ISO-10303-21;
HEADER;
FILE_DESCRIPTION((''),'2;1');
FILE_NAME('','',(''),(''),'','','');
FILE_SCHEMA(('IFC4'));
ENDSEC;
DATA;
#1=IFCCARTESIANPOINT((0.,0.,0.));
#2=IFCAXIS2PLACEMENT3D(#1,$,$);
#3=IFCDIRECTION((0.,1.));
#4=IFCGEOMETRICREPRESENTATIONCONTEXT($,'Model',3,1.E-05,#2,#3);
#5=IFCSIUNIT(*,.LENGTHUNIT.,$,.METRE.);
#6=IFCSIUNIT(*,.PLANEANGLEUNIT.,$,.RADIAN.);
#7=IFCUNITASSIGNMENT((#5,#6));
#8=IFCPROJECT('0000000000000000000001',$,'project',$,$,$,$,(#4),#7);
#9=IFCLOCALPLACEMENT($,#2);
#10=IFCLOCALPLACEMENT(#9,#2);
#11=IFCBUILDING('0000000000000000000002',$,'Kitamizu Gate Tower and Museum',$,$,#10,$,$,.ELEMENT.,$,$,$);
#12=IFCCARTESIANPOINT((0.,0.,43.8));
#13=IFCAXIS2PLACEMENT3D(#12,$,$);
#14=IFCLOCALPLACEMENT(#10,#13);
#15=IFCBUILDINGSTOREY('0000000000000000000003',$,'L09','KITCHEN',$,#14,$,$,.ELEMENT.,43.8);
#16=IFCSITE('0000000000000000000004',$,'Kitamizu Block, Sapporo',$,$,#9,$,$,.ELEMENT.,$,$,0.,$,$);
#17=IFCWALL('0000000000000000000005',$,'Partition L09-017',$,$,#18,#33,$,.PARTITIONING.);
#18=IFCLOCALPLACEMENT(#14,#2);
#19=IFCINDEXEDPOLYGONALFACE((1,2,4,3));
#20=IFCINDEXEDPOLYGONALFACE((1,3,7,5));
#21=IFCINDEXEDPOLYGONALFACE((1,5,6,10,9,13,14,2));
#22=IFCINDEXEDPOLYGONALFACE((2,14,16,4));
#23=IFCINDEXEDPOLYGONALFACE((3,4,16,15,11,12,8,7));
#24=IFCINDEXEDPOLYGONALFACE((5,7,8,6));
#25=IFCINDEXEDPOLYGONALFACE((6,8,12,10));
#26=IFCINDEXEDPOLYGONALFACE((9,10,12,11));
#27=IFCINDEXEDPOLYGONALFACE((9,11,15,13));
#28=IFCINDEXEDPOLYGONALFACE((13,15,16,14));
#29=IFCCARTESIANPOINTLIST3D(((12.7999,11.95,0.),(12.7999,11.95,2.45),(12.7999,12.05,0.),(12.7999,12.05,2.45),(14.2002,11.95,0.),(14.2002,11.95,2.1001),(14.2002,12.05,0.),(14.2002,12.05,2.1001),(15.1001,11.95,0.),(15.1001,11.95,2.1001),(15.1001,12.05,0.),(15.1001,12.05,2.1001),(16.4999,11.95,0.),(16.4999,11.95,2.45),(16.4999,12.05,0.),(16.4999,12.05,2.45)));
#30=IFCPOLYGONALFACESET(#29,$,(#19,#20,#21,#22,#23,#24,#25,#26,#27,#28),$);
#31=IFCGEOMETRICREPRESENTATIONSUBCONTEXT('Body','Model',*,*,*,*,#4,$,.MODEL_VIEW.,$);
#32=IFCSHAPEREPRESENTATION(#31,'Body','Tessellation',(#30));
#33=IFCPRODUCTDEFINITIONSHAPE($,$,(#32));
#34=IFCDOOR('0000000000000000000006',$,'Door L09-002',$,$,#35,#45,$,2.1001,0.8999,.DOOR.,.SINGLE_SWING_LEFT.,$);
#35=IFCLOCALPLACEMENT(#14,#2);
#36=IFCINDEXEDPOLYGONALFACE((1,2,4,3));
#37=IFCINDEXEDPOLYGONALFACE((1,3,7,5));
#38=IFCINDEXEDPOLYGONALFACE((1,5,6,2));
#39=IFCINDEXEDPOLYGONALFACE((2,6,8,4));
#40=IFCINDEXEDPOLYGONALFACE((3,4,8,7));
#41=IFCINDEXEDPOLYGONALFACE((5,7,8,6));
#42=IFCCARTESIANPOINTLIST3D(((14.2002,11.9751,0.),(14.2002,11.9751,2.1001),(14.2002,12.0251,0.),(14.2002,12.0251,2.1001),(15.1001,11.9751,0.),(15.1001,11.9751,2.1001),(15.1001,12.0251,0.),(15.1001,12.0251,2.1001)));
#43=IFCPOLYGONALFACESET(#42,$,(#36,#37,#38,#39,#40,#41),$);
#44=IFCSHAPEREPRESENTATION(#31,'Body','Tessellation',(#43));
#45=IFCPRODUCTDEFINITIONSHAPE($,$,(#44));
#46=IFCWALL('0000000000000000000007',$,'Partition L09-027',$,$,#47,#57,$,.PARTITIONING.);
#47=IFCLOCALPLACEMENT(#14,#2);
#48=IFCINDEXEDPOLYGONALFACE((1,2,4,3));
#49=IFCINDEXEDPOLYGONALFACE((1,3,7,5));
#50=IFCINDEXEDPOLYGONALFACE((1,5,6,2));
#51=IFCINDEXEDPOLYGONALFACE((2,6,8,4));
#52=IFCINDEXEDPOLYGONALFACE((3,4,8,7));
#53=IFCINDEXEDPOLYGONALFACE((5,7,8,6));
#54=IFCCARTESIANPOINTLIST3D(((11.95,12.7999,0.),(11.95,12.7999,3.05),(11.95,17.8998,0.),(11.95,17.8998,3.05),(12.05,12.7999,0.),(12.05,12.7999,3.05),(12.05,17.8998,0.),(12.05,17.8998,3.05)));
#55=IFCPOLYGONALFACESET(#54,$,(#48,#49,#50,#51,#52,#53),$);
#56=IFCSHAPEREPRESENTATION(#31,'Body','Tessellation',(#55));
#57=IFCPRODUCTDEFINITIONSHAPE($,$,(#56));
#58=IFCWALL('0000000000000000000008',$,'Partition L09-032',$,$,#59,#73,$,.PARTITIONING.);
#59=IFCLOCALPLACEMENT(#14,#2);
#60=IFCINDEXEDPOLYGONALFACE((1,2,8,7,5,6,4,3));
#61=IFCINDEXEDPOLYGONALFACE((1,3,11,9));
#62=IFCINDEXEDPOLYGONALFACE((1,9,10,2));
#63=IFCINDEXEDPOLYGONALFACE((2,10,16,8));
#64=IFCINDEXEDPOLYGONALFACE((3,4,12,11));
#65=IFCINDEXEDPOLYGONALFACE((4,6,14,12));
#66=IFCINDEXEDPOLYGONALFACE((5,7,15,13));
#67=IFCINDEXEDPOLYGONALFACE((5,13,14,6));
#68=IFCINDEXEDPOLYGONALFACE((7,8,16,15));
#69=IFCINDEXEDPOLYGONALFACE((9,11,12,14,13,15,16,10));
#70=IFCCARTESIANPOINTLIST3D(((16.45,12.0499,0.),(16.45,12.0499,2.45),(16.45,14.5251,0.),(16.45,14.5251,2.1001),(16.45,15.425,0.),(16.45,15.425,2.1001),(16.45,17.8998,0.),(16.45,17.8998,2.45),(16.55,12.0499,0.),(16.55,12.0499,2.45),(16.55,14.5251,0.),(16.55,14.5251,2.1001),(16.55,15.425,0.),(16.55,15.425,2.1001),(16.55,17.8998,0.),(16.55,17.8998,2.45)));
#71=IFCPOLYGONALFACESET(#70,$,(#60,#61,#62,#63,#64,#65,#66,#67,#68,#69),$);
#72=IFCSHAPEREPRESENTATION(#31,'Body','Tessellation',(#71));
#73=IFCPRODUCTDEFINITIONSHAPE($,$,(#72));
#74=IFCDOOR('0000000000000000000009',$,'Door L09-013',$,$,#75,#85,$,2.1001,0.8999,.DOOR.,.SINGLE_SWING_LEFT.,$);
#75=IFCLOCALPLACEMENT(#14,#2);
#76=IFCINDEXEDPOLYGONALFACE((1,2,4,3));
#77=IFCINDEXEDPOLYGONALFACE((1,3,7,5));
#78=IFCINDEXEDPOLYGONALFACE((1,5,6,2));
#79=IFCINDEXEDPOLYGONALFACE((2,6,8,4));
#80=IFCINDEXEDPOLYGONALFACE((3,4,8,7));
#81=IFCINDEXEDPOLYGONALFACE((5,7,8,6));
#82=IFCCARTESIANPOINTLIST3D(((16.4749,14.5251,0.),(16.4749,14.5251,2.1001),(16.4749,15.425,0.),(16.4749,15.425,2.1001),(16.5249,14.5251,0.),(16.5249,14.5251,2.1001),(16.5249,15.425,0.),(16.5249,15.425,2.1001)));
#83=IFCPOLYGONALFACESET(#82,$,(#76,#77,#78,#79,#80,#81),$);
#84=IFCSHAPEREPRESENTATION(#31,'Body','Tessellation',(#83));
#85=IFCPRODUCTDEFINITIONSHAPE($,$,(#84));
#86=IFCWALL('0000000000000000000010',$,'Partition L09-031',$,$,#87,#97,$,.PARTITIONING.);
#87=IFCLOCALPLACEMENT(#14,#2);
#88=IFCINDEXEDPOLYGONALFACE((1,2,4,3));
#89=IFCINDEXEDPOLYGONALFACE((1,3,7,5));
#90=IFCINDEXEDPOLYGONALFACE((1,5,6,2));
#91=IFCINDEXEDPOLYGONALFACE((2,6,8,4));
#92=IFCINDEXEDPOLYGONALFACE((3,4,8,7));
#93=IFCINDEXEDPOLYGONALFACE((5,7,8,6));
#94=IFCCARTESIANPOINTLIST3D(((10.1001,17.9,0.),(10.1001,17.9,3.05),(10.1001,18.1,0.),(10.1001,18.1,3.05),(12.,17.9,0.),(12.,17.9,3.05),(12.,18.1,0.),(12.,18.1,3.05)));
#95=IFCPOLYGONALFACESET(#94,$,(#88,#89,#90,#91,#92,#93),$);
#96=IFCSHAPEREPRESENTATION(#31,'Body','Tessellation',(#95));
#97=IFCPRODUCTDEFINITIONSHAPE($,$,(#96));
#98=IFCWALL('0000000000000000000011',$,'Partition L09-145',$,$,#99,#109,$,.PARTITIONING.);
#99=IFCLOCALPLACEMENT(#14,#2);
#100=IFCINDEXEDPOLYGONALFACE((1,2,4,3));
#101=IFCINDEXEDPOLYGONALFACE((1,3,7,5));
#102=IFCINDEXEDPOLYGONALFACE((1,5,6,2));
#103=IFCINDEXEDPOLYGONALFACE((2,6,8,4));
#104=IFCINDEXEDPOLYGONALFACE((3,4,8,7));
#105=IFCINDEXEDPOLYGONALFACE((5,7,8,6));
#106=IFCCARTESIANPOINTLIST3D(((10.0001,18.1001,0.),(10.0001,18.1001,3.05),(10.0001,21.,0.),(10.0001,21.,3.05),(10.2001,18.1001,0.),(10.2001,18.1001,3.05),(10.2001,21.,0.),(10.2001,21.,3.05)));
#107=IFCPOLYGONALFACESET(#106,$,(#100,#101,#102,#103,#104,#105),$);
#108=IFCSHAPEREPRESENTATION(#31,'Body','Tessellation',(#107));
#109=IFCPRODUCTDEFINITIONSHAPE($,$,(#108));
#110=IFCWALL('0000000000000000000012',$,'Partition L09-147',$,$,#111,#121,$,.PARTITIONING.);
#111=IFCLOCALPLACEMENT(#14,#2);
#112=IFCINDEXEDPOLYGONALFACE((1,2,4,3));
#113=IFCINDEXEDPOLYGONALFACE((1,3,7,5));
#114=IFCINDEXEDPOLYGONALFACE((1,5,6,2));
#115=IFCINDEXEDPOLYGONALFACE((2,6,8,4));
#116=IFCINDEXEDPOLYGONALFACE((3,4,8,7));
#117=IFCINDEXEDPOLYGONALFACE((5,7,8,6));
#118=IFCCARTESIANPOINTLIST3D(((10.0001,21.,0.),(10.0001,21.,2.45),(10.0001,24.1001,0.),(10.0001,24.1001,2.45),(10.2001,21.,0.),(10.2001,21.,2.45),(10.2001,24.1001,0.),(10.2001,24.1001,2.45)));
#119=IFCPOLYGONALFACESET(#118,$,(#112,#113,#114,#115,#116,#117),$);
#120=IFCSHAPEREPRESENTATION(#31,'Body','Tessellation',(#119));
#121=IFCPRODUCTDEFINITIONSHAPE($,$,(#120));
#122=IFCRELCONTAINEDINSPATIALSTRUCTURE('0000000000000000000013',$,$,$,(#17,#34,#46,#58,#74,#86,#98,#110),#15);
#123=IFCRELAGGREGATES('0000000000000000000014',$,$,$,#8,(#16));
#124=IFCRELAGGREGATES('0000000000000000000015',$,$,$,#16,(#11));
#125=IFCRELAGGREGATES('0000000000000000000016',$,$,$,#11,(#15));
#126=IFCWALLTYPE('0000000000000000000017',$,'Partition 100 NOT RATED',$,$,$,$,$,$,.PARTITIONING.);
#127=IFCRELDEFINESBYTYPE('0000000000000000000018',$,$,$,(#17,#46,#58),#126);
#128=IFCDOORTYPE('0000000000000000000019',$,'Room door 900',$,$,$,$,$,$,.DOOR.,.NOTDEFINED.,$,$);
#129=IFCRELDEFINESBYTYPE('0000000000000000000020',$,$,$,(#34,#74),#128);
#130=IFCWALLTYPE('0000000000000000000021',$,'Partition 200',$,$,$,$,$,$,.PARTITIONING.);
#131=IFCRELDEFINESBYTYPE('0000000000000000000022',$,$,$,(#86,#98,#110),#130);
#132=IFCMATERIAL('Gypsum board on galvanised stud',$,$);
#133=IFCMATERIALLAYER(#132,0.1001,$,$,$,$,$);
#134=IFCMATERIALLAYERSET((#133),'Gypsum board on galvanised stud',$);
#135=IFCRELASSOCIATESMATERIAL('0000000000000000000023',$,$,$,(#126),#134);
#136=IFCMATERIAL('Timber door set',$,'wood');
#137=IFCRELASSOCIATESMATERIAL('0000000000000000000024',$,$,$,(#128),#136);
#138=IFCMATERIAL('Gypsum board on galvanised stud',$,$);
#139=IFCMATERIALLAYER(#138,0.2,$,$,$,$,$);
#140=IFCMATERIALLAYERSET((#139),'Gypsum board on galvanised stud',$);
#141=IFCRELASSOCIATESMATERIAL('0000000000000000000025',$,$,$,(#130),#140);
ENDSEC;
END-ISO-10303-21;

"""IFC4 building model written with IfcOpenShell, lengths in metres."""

from ifc_helpers import new_model, si_unit, direction, frame, frame_2d, origin, place, context, subcontext, project, spatial, rectangle, extrude, material, layer, layer_set, type_object, element, fill, save


model = new_model("IFC4")

# Units and contexts
model_context = context("Model", 3, precision=1e-05, world=origin(), true_north=direction((0.0, 1.0)))
body_context = subcontext(model_context, "Body", "Model", "MODEL_VIEW")
ifc_project = project(units=[si_unit("LENGTHUNIT", "METRE"), si_unit("PLANEANGLEUNIT", "RADIAN")], contexts=[model_context])

# Site, building, storey
site_placement = place(None, origin())
site = spatial("IfcSite", under=ifc_project, at=site_placement, Name="Kitamizu Block, Sapporo", CompositionType="ELEMENT", RefElevation=0.0)
building_placement = place(site_placement, origin())
building = spatial("IfcBuilding", under=site, at=building_placement, Name="Kitamizu Gate Tower and Museum", CompositionType="ELEMENT")
storey_placement = place(building_placement, frame((0.0, 0.0, 43.8)))
storey = spatial("IfcBuildingStorey", under=building, at=storey_placement, Name="L09", Description="KITCHEN", CompositionType="ELEMENT", Elevation=43.8)

# Wall, opening, door
ifc_material_1 = material(Name="Gypsum board on galvanised stud")
ifc_layer_1 = layer(ifc_material_1, 0.1001)
ifc_layer_set_1 = layer_set([ifc_layer_1], Name="Gypsum board on galvanised stud")
wall_type_1 = type_object("IfcWallType", Name="Partition 100 NOT RATED", PredefinedType="PARTITIONING", material=ifc_layer_set_1)
ifc_material_2 = material(Name="Timber door set", Category="wood")
door_type_1 = type_object("IfcDoorType", Name="Room door 900", OperationType="NOTDEFINED", PredefinedType="DOOR", material=ifc_material_2)
wall_1_placement = place(storey_placement, frame((16.5, 12.0, 0.0), z_axis=(0.0, 0.0, 1.0), x_axis=(-1.0, 0.0, 0.0)))
wall_1 = element("IfcWall", 1, at=wall_1_placement, inside=storey, type_object=wall_type_1, Name="Partition L09-017", PredefinedType="PARTITIONING", context=body_context, shape_type="SweptSolid", body=[
    extrude(rectangle(XDim=3.7, YDim=0.1001, at=frame_2d((1.8501, 0.0))), origin(), (0.0, 0.0, 1.0), 2.45),
])
opening_1_placement = place(wall_1_placement, frame((1.3999, 0.0, 0.0)))
opening_1 = element("IfcOpeningElement", 2, at=opening_1_placement, cuts=wall_1, PredefinedType="OPENING", context=body_context, shape_type="SweptSolid", body=[
    extrude(rectangle(XDim=0.8999, YDim=2.1001, at=frame_2d((0.45, 1.05))), frame((0.0, 0.0601, 0.0), z_axis=(0.0, -1.0, 0.0), x_axis=(1.0, 0.0, 0.0)), (0.0, 0.0, 1.0), 0.1201),
])
door_1_placement = place(opening_1_placement, origin())
door_1 = element("IfcDoor", 3, at=door_1_placement, inside=storey, type_object=door_type_1, Name="Door L09-002", OperationType="SINGLE_SWING_LEFT", OverallHeight=2.1001, OverallWidth=0.8999, PredefinedType="DOOR", context=body_context, shape_type="SweptSolid", body=[
    extrude(rectangle(XDim=0.8999, YDim=2.1001, at=frame_2d((0.45, 1.05))), frame((0.0, 0.0249, 0.0), z_axis=(0.0, -1.0, 0.0), x_axis=(1.0, 0.0, 0.0)), (0.0, 0.0, 1.0), 0.05),
])
fill(opening_1, door_1)

# Wall
wall_2_placement = place(storey_placement, frame((12.0, 12.8, 0.0), z_axis=(0.0, 0.0, 1.0), x_axis=(0.0, 1.0, 0.0)))
element("IfcWall", 4, at=wall_2_placement, inside=storey, type_object=wall_type_1, Name="Partition L09-027", PredefinedType="PARTITIONING", context=body_context, shape_type="SweptSolid", body=[
    extrude(rectangle(XDim=5.0999, YDim=0.1001, at=frame_2d((2.5498, 0.0))), origin(), (0.0, 0.0, 1.0), 3.05),
])

# Wall, opening, door
wall_3_placement = place(storey_placement, frame((16.5, 12.05, 0.0), z_axis=(0.0, 0.0, 1.0), x_axis=(0.0, 1.0, 0.0)))
wall_3 = element("IfcWall", 5, at=wall_3_placement, inside=storey, type_object=wall_type_1, Name="Partition L09-032", PredefinedType="PARTITIONING", context=body_context, shape_type="SweptSolid", body=[
    extrude(rectangle(XDim=5.8499, YDim=0.1001, at=frame_2d((2.9248, 0.0))), origin(), (0.0, 0.0, 1.0), 2.45),
])
opening_2_placement = place(wall_3_placement, frame((2.4751, 0.0, 0.0)))
opening_2 = element("IfcOpeningElement", 6, at=opening_2_placement, cuts=wall_3, PredefinedType="OPENING", context=body_context, shape_type="SweptSolid", body=[
    extrude(rectangle(XDim=0.8999, YDim=2.1001, at=frame_2d((0.45, 1.05))), frame((0.0, 0.0601, 0.0), z_axis=(0.0, -1.0, 0.0), x_axis=(1.0, 0.0, 0.0)), (0.0, 0.0, 1.0), 0.1201),
])
door_2_placement = place(opening_2_placement, frame((0.8999, 0.0, 0.0), x_axis=(-1.0, 0.0, 0.0)))
door_2 = element("IfcDoor", 7, at=door_2_placement, inside=storey, type_object=door_type_1, Name="Door L09-013", OperationType="SINGLE_SWING_LEFT", OverallHeight=2.1001, OverallWidth=0.8999, PredefinedType="DOOR", context=body_context, shape_type="SweptSolid", body=[
    extrude(rectangle(XDim=0.8999, YDim=2.1001, at=frame_2d((0.45, 1.05))), frame((0.0, 0.0249, 0.0), z_axis=(0.0, -1.0, 0.0), x_axis=(1.0, 0.0, 0.0)), (0.0, 0.0, 1.0), 0.05),
])
fill(opening_2, door_2)

# Walls
ifc_material_3 = material(Name="Gypsum board on galvanised stud")
ifc_layer_2 = layer(ifc_material_3, 0.2)
ifc_layer_set_2 = layer_set([ifc_layer_2], Name="Gypsum board on galvanised stud")
wall_type_2 = type_object("IfcWallType", Name="Partition 200", PredefinedType="PARTITIONING", material=ifc_layer_set_2)
wall_4_placement = place(storey_placement, frame((12.0, 18.0, 0.0), z_axis=(0.0, 0.0, 1.0), x_axis=(-1.0, 0.0, 0.0)))
element("IfcWall", 8, at=wall_4_placement, inside=storey, type_object=wall_type_2, Name="Partition L09-031", PredefinedType="PARTITIONING", context=body_context, shape_type="SweptSolid", body=[
    extrude(rectangle(XDim=1.8999, YDim=0.2, at=frame_2d((0.95, 0.0))), origin(), (0.0, 0.0, 1.0), 3.05),
])
wall_5_placement = place(storey_placement, frame((10.1001, 18.1001, 0.0), z_axis=(0.0, 0.0, 1.0), x_axis=(0.0, 1.0, 0.0)))
element("IfcWall", 9, at=wall_5_placement, inside=storey, type_object=wall_type_2, Name="Partition L09-145", PredefinedType="PARTITIONING", context=body_context, shape_type="SweptSolid", body=[
    extrude(rectangle(XDim=2.8999, YDim=0.2, at=frame_2d((1.45, 0.0))), origin(), (0.0, 0.0, 1.0), 3.05),
])
wall_6_placement = place(storey_placement, frame((10.1001, 21.0, 0.0), z_axis=(0.0, 0.0, 1.0), x_axis=(0.0, 1.0, 0.0)))
element("IfcWall", 10, at=wall_6_placement, inside=storey, type_object=wall_type_2, Name="Partition L09-147", PredefinedType="PARTITIONING", context=body_context, shape_type="SweptSolid", body=[
    extrude(rectangle(XDim=3.1001, YDim=0.2, at=frame_2d((1.55, 0.0))), origin(), (0.0, 0.0, 1.0), 2.45),
])

save(model, "model.ifc")
